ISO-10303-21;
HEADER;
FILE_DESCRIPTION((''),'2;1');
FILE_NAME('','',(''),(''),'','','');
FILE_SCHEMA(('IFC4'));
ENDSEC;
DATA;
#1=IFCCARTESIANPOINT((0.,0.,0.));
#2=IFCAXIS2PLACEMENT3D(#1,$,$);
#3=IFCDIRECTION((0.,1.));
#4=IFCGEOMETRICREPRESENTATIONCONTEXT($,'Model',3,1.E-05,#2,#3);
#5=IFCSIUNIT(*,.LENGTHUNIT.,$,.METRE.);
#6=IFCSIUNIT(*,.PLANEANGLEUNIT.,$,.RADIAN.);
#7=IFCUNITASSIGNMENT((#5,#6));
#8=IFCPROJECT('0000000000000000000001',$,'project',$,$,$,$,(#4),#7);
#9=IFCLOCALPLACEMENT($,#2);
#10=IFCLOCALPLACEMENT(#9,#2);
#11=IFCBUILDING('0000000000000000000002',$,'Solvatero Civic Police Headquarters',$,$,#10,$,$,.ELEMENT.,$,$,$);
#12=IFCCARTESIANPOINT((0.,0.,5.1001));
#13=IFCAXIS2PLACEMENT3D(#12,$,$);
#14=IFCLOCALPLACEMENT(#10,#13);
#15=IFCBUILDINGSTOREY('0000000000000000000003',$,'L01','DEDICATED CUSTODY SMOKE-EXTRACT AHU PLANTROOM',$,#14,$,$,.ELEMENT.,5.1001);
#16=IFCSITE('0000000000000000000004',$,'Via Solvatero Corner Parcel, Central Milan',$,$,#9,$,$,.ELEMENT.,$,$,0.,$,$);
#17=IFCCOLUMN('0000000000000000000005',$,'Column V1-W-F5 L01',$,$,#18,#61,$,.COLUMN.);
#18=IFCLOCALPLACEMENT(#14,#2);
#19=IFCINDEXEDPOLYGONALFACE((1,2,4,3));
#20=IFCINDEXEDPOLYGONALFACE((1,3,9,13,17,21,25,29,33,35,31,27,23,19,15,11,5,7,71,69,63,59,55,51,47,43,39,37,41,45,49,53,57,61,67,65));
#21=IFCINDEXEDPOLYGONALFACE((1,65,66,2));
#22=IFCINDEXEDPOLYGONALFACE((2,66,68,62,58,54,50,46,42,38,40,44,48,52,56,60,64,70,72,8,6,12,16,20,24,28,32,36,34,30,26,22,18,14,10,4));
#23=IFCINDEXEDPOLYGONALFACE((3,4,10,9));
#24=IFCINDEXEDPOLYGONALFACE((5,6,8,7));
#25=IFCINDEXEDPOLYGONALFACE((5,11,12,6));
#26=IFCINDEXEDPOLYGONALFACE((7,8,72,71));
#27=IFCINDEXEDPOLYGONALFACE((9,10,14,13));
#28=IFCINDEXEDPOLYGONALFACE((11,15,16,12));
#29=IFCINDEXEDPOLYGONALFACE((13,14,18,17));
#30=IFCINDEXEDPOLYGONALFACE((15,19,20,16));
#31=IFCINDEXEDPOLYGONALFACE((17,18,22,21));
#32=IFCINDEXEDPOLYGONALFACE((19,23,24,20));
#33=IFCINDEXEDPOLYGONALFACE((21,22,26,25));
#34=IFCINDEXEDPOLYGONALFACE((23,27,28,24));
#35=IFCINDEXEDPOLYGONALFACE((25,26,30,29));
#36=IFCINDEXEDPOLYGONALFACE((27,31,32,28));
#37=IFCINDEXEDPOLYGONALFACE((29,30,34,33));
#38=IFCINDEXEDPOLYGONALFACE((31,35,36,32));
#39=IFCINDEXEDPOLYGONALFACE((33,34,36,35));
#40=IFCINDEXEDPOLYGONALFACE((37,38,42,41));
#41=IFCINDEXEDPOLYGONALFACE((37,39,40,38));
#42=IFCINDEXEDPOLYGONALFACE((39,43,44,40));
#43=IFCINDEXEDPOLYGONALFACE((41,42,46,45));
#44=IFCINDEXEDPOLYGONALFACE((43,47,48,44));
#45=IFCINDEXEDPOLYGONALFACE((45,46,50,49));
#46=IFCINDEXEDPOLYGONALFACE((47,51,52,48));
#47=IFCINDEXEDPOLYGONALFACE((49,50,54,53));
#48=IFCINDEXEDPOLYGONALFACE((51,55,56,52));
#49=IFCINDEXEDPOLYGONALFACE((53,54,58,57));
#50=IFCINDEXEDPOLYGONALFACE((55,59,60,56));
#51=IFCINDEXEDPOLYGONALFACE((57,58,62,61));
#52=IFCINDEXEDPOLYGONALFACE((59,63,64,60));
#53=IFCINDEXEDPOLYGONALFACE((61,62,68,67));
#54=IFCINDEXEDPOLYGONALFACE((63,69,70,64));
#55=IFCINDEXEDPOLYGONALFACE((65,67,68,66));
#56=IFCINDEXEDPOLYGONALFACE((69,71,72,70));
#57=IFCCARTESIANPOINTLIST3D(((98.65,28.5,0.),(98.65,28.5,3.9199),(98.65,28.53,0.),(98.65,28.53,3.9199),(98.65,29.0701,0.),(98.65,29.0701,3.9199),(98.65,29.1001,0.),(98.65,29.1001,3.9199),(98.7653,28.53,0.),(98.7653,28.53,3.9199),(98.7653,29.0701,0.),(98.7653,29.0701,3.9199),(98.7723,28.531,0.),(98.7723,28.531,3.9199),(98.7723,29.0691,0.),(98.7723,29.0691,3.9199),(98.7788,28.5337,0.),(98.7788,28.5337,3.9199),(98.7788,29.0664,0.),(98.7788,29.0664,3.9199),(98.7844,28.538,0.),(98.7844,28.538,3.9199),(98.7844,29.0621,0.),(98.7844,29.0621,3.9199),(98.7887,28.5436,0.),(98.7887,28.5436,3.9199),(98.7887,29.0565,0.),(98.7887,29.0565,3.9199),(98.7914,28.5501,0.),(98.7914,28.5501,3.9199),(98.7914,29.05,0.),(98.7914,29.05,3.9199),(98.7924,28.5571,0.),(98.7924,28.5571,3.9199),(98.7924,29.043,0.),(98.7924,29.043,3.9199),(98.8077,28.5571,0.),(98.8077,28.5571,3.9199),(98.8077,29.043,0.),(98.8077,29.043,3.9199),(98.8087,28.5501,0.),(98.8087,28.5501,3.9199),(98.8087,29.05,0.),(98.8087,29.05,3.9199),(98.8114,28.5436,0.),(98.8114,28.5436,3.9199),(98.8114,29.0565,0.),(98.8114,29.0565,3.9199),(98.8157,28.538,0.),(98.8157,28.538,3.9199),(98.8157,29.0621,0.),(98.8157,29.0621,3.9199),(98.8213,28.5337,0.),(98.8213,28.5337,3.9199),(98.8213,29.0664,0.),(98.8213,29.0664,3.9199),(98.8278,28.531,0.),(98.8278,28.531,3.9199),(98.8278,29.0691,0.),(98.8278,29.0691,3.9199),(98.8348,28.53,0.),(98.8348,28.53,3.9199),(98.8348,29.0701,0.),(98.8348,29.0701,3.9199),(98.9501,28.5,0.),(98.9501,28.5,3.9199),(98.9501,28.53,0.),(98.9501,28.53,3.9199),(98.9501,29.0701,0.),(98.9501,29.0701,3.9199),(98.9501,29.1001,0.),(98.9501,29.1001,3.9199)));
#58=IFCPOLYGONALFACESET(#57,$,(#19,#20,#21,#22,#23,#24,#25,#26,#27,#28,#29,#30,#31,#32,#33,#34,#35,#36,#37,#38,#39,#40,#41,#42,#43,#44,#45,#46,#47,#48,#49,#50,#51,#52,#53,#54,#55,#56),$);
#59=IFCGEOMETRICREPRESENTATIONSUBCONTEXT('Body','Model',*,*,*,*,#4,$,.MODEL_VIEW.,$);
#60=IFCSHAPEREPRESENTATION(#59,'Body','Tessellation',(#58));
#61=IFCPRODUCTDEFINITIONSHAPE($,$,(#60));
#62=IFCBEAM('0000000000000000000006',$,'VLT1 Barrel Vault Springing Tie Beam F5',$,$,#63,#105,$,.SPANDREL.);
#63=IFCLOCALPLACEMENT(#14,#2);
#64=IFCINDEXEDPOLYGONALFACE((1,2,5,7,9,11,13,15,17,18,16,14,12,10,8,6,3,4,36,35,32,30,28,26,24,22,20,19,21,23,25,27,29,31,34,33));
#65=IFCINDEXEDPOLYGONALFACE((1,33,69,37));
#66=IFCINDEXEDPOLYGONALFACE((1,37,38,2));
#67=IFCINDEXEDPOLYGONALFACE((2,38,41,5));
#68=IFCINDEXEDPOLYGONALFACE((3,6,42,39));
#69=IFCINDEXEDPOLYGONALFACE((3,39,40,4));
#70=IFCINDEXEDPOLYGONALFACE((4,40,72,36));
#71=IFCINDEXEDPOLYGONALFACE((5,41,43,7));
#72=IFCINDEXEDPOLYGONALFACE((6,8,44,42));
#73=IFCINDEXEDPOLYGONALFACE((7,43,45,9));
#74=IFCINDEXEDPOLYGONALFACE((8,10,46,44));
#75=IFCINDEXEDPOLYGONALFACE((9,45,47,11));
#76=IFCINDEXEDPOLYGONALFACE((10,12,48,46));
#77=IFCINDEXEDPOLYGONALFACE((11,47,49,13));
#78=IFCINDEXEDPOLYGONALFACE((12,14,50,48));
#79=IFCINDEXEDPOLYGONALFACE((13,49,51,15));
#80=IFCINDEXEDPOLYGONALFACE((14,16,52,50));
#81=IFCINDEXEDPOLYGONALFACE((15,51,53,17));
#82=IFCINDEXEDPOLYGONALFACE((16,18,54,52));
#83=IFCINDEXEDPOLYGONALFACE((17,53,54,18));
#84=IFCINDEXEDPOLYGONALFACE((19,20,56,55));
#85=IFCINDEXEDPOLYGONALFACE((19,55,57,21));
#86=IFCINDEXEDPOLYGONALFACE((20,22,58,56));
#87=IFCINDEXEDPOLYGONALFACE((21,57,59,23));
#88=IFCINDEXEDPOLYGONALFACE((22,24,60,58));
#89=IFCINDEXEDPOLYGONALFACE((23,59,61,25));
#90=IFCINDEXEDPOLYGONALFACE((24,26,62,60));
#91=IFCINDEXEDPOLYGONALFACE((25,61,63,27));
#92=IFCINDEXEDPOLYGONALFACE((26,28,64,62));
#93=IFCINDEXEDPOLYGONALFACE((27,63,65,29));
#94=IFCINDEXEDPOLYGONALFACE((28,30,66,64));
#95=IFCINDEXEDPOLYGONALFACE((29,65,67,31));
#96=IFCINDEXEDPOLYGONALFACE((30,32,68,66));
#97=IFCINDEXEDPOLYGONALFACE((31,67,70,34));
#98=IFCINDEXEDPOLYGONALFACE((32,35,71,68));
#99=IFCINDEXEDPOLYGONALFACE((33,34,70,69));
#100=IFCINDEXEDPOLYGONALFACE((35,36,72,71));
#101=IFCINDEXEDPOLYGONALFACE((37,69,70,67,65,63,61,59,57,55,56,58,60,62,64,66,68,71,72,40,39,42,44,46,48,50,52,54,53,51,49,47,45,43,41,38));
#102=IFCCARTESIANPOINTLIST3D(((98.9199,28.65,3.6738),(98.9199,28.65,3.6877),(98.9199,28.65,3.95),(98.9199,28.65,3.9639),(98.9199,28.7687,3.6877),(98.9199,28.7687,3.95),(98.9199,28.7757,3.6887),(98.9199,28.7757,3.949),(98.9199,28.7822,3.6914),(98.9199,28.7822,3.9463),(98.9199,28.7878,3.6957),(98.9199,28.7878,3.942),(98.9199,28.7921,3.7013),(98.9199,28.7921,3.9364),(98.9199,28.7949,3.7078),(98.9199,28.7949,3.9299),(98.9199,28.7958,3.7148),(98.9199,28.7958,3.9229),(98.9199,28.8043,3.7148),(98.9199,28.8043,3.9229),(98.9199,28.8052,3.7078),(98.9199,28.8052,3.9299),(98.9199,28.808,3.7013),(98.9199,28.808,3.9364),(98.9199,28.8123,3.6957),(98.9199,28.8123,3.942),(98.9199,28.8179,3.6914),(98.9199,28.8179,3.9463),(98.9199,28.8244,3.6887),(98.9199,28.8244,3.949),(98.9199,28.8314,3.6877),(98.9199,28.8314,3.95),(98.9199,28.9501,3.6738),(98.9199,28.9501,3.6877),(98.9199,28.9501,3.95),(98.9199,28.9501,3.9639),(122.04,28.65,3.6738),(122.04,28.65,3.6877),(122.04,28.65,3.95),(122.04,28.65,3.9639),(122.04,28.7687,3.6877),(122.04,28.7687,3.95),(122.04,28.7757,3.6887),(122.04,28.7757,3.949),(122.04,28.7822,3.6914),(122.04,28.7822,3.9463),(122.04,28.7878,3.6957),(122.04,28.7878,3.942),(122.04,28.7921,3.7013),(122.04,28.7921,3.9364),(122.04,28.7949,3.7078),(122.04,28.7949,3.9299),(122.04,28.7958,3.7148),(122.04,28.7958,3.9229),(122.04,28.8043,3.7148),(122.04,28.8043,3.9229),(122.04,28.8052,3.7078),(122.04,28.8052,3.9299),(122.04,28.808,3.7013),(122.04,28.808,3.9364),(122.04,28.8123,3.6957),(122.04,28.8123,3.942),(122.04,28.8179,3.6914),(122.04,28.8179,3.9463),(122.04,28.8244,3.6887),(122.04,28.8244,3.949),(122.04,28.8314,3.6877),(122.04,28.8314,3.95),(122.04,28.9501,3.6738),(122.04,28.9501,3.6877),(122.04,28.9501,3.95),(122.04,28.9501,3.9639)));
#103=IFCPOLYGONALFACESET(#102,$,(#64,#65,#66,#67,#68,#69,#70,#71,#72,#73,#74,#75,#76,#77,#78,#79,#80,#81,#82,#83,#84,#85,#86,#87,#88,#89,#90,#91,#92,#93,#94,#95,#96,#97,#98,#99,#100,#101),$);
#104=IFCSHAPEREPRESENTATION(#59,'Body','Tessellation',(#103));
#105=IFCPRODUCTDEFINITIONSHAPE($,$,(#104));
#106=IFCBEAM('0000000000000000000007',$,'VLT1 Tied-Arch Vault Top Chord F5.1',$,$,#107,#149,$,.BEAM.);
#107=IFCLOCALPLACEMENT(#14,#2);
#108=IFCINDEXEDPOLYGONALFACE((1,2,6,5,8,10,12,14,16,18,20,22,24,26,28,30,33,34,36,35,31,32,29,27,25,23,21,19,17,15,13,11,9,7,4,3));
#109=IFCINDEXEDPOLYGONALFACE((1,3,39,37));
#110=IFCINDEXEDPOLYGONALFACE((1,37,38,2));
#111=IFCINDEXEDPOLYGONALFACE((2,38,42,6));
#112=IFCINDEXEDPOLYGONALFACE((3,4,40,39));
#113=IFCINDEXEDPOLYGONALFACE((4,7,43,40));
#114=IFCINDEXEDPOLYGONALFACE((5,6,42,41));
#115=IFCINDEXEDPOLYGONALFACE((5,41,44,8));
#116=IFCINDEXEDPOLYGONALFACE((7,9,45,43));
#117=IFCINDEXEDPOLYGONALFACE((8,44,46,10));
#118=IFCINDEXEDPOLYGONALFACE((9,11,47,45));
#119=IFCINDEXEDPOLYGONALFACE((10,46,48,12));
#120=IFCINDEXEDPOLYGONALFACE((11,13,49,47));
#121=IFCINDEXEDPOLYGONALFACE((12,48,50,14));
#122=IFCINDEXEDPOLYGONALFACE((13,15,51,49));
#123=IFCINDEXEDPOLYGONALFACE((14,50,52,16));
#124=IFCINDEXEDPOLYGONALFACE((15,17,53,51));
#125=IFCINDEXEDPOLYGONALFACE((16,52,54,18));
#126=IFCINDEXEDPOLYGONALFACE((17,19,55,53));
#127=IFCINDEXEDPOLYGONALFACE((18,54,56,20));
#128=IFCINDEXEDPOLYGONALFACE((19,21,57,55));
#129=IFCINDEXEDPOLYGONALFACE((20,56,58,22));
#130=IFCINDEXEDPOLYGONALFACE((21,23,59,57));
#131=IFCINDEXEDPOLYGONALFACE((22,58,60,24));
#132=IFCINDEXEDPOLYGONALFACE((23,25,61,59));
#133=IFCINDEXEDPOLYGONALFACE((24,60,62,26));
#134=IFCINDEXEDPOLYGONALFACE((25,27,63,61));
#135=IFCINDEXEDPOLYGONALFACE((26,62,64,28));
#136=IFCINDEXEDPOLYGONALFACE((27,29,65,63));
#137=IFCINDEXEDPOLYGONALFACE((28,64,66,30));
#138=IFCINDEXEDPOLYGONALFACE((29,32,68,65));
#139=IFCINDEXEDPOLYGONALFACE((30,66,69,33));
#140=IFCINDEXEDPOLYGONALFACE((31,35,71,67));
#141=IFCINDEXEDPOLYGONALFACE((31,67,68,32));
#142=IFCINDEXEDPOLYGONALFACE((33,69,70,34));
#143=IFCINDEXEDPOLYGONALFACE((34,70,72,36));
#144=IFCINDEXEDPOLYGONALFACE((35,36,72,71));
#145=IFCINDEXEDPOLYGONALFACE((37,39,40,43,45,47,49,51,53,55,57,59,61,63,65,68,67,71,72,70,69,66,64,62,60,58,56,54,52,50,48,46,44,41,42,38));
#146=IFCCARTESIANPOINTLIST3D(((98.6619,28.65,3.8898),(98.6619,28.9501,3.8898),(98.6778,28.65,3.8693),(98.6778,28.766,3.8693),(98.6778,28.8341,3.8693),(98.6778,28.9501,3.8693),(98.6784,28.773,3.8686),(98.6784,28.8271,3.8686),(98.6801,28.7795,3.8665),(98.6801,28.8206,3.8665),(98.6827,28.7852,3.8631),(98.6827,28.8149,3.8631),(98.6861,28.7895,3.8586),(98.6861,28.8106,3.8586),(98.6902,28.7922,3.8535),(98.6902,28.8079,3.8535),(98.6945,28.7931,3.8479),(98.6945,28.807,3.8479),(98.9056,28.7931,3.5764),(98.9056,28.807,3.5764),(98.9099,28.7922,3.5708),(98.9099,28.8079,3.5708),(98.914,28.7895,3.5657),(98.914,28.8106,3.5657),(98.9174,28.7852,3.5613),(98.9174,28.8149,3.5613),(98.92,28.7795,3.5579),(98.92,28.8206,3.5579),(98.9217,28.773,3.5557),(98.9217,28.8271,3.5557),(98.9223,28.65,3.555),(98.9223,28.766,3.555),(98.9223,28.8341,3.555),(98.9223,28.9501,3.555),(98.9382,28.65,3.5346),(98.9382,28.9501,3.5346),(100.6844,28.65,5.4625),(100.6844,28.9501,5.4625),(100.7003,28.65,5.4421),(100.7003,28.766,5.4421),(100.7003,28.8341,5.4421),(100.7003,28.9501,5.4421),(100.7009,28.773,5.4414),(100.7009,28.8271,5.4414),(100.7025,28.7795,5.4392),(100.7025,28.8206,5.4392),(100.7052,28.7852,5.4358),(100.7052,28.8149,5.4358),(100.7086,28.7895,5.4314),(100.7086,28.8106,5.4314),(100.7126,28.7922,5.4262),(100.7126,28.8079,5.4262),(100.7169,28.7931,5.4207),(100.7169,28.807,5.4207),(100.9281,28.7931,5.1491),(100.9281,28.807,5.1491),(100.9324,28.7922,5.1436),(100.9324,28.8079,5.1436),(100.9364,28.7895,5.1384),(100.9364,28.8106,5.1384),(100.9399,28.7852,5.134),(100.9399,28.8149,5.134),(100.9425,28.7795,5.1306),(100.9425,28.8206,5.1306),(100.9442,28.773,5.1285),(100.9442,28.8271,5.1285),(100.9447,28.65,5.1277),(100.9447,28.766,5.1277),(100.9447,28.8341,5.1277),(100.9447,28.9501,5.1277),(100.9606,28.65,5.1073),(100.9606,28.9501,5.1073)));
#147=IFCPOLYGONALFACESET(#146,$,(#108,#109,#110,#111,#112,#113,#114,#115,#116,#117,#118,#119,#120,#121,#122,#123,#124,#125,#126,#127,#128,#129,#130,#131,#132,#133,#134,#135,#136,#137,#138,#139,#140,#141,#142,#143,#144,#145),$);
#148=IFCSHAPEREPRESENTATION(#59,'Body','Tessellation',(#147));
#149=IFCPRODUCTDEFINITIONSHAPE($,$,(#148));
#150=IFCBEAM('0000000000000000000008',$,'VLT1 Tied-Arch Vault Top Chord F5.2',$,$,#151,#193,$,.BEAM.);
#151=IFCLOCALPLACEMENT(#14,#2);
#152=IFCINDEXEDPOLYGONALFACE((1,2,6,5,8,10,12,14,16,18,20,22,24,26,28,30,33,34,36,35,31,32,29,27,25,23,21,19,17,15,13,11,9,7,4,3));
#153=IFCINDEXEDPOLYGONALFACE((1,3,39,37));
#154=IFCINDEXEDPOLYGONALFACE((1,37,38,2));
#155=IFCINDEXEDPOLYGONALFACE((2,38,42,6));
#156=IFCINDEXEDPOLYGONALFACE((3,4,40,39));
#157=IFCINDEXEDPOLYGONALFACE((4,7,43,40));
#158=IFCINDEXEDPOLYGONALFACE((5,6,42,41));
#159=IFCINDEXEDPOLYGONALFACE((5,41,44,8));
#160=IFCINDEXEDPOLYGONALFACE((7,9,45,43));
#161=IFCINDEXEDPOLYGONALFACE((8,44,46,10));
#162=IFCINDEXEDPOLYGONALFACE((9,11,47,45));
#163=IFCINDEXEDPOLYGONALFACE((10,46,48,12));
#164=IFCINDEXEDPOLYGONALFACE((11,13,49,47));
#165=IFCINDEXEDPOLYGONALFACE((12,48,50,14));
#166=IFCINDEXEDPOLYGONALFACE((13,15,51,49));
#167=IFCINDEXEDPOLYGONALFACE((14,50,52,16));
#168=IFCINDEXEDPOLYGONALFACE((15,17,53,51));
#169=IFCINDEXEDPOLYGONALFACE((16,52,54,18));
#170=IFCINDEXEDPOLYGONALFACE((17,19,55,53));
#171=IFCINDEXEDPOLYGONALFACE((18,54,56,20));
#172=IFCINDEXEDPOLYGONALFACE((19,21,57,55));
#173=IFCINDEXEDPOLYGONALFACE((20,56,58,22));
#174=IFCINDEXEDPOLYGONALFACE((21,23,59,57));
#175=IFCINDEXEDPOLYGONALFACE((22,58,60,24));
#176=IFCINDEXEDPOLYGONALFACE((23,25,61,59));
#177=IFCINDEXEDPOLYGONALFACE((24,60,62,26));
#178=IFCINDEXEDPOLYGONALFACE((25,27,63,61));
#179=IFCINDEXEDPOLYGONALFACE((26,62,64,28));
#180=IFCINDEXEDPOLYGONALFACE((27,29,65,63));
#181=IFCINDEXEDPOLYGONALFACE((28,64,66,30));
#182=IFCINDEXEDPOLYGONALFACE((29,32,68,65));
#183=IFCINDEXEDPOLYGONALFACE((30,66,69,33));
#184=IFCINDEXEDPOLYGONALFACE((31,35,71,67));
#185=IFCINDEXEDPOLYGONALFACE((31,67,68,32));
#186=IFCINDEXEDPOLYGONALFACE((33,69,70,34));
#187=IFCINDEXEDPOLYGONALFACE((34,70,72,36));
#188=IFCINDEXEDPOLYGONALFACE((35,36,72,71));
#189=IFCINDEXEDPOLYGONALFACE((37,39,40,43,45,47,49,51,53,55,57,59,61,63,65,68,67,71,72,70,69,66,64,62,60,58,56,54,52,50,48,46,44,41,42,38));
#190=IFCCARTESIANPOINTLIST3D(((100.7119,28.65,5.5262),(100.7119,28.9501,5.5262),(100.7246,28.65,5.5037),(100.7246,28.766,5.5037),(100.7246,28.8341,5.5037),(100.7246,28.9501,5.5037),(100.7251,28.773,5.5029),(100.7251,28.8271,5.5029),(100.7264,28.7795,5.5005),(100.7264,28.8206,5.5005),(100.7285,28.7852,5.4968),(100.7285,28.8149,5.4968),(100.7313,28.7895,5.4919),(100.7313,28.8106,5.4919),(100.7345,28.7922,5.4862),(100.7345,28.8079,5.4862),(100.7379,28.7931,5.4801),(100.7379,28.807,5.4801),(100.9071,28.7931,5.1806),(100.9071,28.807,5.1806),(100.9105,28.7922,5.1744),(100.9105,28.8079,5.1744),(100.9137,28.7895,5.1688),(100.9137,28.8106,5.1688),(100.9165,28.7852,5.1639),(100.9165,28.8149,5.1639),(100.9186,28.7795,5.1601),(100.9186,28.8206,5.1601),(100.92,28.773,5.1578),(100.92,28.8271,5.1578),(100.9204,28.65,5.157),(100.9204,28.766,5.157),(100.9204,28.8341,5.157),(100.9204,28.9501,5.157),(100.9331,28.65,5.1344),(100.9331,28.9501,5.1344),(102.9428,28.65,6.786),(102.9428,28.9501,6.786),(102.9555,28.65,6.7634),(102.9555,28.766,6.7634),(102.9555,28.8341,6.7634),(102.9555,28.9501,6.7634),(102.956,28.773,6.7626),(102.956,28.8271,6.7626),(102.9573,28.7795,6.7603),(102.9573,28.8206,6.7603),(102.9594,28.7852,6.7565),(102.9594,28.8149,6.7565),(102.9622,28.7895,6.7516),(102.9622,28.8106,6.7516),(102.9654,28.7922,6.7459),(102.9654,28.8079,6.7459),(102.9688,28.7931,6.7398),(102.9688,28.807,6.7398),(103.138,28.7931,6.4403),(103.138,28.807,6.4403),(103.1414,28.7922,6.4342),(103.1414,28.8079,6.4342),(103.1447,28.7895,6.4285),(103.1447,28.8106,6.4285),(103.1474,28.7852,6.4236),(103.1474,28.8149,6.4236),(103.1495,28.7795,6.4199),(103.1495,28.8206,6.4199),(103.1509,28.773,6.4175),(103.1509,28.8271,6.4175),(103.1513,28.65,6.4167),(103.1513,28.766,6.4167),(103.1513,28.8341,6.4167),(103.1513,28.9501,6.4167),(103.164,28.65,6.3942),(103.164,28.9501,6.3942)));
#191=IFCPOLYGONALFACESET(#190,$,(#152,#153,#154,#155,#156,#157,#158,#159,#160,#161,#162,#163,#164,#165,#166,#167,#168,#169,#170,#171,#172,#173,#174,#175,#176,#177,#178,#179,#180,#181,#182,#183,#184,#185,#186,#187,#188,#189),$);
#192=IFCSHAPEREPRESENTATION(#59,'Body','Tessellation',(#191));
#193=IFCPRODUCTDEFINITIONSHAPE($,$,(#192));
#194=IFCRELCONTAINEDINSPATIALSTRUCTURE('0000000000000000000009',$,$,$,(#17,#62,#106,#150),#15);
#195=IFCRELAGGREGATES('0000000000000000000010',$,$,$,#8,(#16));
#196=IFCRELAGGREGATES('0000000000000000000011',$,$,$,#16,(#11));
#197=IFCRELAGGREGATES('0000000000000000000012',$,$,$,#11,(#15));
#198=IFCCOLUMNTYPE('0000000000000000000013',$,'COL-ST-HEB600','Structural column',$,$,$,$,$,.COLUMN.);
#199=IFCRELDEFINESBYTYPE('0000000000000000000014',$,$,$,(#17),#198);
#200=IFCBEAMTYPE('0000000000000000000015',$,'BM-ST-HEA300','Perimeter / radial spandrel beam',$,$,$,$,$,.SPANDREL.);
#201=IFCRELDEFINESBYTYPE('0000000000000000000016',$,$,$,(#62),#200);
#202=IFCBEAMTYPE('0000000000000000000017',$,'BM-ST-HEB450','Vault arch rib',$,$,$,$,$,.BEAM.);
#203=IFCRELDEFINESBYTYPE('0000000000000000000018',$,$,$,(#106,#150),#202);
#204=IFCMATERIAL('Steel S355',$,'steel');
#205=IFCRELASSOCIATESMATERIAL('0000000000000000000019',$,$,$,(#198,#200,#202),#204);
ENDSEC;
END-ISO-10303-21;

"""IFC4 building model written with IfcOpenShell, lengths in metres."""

from ifc_helpers import new_model, si_unit, direction, frame, origin, origin_2d, place, context, subcontext, project, spatial, i_section, extrude, material, material_profile, profile_set, type_object, element, save


model = new_model("IFC4")

# Units and contexts
model_context = context("Model", 3, precision=1e-05, world=origin(), true_north=direction((0.0, 1.0)))
body_context = subcontext(model_context, "Body", "Model", "MODEL_VIEW")
ifc_project = project(units=[si_unit("LENGTHUNIT", "METRE"), si_unit("PLANEANGLEUNIT", "RADIAN")], contexts=[model_context])

# Site, building, storey
site_placement = place(None, origin())
site = spatial("IfcSite", under=ifc_project, at=site_placement, Name="Via Solvatero Corner Parcel, Central Milan", CompositionType="ELEMENT", RefElevation=0.0)
building_placement = place(site_placement, origin())
building = spatial("IfcBuilding", under=site, at=building_placement, Name="Solvatero Civic Police Headquarters", CompositionType="ELEMENT")
storey_placement = place(building_placement, frame((0.0, 0.0, 5.1001)))
storey = spatial("IfcBuildingStorey", under=building, at=storey_placement, Name="L01", Description="DEDICATED CUSTODY SMOKE-EXTRACT AHU PLANTROOM", CompositionType="ELEMENT", Elevation=5.1001)

# Column
ifc_material_1 = material(Name="Steel S355", Category="steel")
ifc_material_profile_1 = material_profile(ifc_material_1, i_section(OverallWidth=0.3, OverallDepth=0.6001, WebThickness=0.0154, FlangeThickness=0.03, FilletRadius=0.0271, at=origin_2d()), Name="HEB 600")
ifc_profile_set_1 = profile_set([ifc_material_profile_1], Name="Steel S355")
column_type = type_object("IfcColumnType", Name="COL-ST-HEB600", Description="Structural column", PredefinedType="COLUMN", material=ifc_profile_set_1)
column_placement = place(storey_placement, frame((98.8, 28.8, 0.0), z_axis=(0.0, 0.0, 1.0), x_axis=(1.0, 0.0, 0.0)))
element("IfcColumn", 1, at=column_placement, inside=storey, type_object=column_type, Name="Column V1-W-F5 L01", PredefinedType="COLUMN", context=body_context, shape_type="SweptSolid", body=[
    extrude(i_section(OverallWidth=0.3, OverallDepth=0.6001, WebThickness=0.0154, FlangeThickness=0.03, FilletRadius=0.0271, at=origin_2d()), origin(), (0.0, 0.0, 1.0), 3.9199),
])

# Beams
ifc_material_profile_2 = material_profile(ifc_material_1, i_section(OverallWidth=0.3, OverallDepth=0.29, WebThickness=0.0085, FlangeThickness=0.0139, FilletRadius=0.0271, at=origin_2d()), Name="HEA 300")
ifc_profile_set_2 = profile_set([ifc_material_profile_2], Name="Steel S355")
beam_type_1 = type_object("IfcBeamType", Name="BM-ST-HEA300", Description="Perimeter / radial spandrel beam", PredefinedType="SPANDREL", material=ifc_profile_set_2)
beam_1_placement = place(storey_placement, frame((98.9199, 28.8, 3.8188), z_axis=(1.0, 0.0, 0.0), x_axis=(0.0, 1.0, 0.0)))
element("IfcBeam", 2, at=beam_1_placement, inside=storey, type_object=beam_type_1, Name="VLT1 Barrel Vault Springing Tie Beam F5", PredefinedType="SPANDREL", context=body_context, shape_type="SweptSolid", body=[
    extrude(i_section(OverallWidth=0.3, OverallDepth=0.29, WebThickness=0.0085, FlangeThickness=0.0139, FilletRadius=0.0271, at=origin_2d()), origin(), (0.0, 0.0, 1.0), 23.1201),
])
ifc_material_profile_3 = material_profile(ifc_material_1, i_section(OverallWidth=0.3, OverallDepth=0.45, WebThickness=0.0139, FlangeThickness=0.0259, FilletRadius=0.0271, at=origin_2d()), Name="HEB 450")
ifc_profile_set_3 = profile_set([ifc_material_profile_3], Name="Steel S355")
beam_type_2 = type_object("IfcBeamType", Name="BM-ST-HEB450", Description="Vault arch rib", PredefinedType="BEAM", material=ifc_profile_set_3)
for number, where, z_axis, x_axis, name in (
    (3, (98.8, 28.8, 3.7122), (0.789404, 0.0, 0.613875), (0.0, 1.0, 0.0), "VLT1 Tied-Arch Vault Top Chord F5.1"),
    (4, (100.8225, 28.8, 5.3303), (0.870765, 0.0, 0.491699), (0.0, 1.0, 0.0), "VLT1 Tied-Arch Vault Top Chord F5.2"),
):
    element("IfcBeam", number, at=place(storey_placement, frame(where, z_axis=z_axis, x_axis=x_axis)), inside=storey, type_object=beam_type_2, Name=name, PredefinedType="BEAM", context=body_context, shape_type="SweptSolid", body=[
        extrude(i_section(OverallWidth=0.3, OverallDepth=0.45, WebThickness=0.0139, FlangeThickness=0.0259, FilletRadius=0.0271, at=origin_2d()), origin(), (0.0, 0.0, 1.0), 2.562),
    ])

save(model, "model.ifc")
